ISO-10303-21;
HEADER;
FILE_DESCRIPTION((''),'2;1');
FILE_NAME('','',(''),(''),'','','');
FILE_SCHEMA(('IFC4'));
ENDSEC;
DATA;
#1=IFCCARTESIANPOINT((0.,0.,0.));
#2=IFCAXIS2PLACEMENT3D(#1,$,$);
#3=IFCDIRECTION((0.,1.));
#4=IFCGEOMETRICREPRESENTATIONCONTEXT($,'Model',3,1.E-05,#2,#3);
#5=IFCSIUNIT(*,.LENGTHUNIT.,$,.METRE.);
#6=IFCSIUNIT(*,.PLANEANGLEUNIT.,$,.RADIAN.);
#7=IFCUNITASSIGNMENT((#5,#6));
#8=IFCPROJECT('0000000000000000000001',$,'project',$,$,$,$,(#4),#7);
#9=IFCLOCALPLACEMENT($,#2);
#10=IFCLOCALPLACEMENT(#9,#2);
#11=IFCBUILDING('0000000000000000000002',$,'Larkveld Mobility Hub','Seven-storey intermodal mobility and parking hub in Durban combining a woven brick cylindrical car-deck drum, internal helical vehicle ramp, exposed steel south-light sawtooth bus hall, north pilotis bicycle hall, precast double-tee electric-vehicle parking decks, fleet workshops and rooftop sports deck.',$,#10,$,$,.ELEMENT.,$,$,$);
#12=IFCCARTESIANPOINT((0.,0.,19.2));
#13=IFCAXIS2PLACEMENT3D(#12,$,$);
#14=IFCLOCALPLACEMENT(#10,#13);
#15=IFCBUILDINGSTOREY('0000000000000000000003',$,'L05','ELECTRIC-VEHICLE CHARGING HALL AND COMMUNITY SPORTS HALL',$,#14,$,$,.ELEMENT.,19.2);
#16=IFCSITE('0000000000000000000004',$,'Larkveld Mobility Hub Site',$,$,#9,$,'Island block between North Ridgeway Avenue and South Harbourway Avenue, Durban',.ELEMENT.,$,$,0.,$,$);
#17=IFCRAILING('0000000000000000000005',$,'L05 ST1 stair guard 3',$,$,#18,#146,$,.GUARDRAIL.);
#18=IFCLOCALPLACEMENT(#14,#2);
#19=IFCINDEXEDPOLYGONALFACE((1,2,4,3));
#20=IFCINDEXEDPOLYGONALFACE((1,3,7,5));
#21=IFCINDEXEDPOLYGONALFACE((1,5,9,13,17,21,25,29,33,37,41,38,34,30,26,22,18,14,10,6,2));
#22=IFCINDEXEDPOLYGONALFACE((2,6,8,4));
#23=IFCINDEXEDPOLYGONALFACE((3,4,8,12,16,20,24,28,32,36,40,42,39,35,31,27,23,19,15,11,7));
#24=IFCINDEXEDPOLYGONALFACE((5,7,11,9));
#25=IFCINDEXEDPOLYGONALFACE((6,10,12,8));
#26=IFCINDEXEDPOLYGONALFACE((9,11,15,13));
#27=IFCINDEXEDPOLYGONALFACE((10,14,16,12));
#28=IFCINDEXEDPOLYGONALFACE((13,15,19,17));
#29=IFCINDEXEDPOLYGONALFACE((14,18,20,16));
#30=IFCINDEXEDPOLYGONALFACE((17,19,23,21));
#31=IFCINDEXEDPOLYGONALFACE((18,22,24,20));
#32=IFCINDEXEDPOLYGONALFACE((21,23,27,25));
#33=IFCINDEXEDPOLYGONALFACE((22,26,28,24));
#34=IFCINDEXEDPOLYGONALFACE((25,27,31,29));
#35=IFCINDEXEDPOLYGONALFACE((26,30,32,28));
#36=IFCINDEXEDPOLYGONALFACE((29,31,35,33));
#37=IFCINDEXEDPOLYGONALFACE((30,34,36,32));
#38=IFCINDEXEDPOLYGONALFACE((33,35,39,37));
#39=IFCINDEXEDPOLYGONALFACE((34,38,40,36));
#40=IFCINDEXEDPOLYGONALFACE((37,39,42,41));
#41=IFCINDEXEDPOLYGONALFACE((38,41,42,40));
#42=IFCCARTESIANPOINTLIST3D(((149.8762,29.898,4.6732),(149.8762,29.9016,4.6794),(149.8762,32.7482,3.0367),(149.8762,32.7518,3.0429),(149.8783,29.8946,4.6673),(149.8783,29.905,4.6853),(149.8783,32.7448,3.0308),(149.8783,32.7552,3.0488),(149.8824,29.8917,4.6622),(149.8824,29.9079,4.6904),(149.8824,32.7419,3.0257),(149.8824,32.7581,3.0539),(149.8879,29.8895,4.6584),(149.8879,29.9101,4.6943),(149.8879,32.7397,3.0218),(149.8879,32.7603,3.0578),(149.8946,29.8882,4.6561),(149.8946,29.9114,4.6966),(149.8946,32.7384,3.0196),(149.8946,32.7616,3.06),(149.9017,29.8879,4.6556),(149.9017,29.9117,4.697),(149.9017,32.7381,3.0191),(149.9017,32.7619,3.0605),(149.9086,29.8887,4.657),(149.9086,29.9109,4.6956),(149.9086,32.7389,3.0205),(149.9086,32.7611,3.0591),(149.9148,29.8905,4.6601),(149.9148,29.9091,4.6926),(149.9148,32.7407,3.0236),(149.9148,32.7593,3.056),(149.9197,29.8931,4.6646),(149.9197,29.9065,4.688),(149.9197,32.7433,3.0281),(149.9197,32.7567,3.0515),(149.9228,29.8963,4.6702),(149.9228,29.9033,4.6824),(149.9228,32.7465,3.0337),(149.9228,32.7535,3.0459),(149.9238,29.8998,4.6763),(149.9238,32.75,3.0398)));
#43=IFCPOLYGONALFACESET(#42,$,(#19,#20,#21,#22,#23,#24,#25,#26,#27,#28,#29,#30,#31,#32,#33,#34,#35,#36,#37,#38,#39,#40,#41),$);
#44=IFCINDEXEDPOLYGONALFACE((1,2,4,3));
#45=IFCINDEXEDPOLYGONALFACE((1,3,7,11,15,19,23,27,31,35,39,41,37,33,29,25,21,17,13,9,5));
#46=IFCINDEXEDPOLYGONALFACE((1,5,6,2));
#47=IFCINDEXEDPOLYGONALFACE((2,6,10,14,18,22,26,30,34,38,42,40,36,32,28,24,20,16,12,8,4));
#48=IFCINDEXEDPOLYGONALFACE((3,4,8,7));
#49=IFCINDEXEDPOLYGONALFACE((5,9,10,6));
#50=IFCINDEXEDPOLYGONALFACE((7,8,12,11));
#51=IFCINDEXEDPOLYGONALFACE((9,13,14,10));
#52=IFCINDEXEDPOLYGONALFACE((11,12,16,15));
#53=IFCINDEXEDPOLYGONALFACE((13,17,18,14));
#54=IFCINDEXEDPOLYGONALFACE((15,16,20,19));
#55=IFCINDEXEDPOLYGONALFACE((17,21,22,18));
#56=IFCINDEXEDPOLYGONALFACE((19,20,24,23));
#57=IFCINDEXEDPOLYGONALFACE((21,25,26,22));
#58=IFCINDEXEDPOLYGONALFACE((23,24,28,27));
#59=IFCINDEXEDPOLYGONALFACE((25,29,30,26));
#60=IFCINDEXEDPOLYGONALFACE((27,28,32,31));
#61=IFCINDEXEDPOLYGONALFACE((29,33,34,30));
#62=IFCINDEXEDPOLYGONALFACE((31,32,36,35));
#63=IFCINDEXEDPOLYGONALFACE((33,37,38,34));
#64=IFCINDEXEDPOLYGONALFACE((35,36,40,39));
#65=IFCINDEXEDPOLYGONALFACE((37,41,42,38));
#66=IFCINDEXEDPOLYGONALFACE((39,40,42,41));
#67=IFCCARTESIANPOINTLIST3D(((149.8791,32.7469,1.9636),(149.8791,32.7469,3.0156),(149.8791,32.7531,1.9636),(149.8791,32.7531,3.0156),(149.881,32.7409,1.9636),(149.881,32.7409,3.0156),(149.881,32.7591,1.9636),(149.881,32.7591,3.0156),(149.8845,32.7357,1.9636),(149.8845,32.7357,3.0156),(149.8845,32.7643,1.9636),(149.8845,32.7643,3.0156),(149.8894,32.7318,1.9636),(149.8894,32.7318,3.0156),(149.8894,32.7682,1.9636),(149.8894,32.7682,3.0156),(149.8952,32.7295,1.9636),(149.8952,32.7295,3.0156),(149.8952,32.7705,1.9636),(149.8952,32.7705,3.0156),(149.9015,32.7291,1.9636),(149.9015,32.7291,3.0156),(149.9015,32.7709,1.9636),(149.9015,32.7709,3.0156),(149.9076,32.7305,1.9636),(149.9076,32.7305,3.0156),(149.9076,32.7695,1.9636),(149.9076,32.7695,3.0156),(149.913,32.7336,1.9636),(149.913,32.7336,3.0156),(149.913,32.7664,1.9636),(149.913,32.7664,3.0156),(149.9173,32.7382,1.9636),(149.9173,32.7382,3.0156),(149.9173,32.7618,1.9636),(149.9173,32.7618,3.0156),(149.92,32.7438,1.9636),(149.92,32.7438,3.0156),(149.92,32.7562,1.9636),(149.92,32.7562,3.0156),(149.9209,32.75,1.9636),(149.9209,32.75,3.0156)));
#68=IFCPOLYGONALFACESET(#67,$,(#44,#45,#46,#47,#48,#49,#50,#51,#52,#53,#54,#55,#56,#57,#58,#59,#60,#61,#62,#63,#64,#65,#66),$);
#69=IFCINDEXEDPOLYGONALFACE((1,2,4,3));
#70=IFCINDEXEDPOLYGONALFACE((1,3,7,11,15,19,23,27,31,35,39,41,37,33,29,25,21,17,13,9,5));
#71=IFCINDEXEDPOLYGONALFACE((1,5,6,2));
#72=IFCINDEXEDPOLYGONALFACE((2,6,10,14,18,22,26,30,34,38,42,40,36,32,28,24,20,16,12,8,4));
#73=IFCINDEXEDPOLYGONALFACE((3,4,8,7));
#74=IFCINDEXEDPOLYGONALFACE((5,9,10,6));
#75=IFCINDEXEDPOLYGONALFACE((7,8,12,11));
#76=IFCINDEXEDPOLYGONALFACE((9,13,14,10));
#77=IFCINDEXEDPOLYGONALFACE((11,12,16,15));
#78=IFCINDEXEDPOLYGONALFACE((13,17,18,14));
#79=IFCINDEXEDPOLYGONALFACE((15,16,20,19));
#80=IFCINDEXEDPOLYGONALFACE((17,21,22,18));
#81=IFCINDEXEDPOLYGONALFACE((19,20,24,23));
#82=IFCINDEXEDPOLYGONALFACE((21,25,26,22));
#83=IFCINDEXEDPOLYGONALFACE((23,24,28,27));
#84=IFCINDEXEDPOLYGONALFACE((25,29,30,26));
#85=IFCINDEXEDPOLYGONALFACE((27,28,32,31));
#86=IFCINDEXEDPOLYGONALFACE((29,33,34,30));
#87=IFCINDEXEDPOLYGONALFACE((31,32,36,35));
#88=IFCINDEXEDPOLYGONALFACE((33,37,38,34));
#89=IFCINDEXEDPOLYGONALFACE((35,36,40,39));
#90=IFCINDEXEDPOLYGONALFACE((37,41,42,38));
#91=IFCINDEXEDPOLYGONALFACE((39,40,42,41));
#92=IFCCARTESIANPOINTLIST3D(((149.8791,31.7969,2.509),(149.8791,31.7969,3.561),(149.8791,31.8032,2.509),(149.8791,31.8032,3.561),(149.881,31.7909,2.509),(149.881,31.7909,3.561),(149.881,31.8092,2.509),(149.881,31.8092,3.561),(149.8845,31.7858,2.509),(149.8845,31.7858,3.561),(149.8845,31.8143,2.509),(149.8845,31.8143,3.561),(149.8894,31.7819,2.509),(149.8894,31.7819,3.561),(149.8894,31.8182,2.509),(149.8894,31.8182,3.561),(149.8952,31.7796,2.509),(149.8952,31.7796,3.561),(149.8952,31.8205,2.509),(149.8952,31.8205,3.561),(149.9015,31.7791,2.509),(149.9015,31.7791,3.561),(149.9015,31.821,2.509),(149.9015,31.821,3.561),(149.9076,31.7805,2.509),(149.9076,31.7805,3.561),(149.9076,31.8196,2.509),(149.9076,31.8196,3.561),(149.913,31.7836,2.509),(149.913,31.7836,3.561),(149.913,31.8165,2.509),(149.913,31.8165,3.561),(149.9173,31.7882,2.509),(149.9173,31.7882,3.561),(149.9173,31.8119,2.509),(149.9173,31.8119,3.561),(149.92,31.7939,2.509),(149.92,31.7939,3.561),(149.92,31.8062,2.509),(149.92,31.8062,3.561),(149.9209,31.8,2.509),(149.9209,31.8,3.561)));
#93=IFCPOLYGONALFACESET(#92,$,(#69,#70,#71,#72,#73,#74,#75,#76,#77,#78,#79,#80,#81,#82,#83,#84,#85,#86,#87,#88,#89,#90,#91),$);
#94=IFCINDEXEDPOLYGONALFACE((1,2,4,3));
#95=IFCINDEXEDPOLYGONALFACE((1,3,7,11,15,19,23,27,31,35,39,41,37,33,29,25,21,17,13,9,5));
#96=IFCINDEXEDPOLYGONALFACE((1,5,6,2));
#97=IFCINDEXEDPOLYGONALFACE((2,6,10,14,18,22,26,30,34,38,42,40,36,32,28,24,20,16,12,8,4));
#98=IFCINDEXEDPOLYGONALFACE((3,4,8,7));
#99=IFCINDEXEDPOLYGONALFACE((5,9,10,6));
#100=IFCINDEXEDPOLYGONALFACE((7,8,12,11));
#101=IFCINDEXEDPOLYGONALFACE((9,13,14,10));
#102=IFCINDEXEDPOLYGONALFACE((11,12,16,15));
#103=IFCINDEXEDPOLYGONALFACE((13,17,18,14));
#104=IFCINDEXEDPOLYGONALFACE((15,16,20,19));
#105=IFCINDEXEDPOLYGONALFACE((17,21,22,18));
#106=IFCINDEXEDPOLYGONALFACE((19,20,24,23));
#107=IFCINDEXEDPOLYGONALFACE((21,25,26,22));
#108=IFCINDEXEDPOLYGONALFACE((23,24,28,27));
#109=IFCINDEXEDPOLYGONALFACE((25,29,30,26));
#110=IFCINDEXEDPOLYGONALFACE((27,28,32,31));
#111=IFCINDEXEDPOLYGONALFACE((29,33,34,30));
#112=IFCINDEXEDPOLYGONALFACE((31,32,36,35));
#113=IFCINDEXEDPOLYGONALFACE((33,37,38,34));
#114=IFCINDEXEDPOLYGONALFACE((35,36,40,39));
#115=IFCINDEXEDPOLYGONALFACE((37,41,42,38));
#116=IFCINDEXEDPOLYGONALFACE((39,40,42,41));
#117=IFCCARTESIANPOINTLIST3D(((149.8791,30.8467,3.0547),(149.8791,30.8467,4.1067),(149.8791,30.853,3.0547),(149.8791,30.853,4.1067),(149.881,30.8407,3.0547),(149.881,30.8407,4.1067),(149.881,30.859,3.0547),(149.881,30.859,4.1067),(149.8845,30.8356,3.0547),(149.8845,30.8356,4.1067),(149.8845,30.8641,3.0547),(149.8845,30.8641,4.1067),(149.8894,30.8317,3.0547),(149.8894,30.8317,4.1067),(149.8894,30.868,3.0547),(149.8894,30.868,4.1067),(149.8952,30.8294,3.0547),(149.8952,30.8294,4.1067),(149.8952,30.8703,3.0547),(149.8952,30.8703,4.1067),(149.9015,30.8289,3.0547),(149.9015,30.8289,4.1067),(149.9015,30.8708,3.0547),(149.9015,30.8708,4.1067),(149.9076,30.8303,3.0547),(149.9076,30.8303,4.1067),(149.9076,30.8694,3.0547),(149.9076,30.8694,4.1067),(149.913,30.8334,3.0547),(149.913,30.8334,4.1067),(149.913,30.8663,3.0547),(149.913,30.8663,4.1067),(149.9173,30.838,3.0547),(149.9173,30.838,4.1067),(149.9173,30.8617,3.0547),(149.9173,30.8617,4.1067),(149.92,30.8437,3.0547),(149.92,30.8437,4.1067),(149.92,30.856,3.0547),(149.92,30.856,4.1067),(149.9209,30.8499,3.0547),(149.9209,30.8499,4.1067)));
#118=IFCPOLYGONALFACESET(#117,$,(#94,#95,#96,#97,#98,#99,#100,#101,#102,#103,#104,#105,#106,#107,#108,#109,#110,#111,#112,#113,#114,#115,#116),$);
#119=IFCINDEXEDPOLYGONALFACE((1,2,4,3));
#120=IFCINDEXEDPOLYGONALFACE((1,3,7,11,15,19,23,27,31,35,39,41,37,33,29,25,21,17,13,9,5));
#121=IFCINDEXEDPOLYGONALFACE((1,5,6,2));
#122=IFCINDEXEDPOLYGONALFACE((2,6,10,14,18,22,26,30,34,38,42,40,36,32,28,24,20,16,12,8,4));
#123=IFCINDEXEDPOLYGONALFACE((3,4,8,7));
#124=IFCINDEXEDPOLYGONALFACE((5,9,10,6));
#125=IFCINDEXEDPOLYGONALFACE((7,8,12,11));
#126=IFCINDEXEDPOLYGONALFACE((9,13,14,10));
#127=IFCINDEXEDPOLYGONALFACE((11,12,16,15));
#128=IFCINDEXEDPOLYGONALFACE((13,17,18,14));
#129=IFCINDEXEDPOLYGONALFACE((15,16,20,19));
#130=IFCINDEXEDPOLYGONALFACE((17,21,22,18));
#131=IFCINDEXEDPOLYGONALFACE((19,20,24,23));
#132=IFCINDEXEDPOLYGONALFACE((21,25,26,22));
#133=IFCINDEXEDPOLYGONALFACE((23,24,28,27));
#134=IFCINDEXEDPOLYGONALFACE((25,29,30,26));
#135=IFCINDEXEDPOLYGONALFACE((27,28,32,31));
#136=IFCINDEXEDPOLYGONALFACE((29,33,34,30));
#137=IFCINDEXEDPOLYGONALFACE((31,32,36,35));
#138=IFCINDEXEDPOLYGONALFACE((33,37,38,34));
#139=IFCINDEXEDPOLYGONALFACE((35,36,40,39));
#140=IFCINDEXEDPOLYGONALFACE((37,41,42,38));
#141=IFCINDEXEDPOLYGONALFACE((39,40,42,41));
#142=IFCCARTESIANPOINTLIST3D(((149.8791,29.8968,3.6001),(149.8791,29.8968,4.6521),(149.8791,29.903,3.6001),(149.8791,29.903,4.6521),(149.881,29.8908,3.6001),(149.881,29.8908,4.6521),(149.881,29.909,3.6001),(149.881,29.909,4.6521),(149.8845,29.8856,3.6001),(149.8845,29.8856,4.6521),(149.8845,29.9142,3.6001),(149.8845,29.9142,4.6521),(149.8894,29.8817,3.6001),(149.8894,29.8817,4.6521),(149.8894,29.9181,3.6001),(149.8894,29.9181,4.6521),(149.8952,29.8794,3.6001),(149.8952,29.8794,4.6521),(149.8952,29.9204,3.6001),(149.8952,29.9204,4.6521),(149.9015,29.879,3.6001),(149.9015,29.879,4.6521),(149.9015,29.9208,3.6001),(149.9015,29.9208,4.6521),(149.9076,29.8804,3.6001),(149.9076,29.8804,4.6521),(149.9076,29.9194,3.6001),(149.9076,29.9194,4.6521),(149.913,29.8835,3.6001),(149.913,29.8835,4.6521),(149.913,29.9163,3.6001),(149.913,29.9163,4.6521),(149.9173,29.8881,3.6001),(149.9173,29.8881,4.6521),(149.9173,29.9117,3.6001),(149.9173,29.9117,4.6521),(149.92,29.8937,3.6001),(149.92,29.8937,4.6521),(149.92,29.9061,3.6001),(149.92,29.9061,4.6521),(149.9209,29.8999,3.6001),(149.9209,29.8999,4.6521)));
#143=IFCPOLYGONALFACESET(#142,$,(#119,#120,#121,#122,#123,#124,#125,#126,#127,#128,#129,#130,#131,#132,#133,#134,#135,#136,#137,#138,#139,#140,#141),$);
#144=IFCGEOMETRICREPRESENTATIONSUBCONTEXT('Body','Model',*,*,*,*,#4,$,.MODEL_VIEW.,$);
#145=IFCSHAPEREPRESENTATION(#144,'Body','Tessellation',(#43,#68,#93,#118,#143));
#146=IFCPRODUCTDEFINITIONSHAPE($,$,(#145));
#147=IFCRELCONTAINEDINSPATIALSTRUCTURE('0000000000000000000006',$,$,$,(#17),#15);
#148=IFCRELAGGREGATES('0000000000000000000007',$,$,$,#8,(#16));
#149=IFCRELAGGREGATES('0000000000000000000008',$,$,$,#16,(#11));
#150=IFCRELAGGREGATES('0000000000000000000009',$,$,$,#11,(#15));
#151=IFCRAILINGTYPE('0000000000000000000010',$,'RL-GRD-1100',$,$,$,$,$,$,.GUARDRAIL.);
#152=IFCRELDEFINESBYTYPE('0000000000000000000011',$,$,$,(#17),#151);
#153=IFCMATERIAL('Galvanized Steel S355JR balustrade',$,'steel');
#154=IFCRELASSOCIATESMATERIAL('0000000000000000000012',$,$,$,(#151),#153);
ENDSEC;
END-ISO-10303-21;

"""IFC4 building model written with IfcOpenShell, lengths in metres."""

from ifc_helpers import new_model, si_unit, direction, frame, origin, origin_2d, place, context, subcontext, project, spatial, circle, extrude, material, type_object, element, save


model = new_model("IFC4")

# Units and contexts
model_context = context("Model", 3, precision=1e-05, world=origin(), true_north=direction((0.0, 1.0)))
body_context = subcontext(model_context, "Body", "Model", "MODEL_VIEW")
ifc_project = project(units=[si_unit("LENGTHUNIT", "METRE"), si_unit("PLANEANGLEUNIT", "RADIAN")], contexts=[model_context])

# Site, building, storey
site_placement = place(None, origin())
site = spatial("IfcSite", under=ifc_project, at=site_placement, Name="Larkveld Mobility Hub Site", LongName="Island block between North Ridgeway Avenue and South Harbourway Avenue, Durban", CompositionType="ELEMENT", RefElevation=0.0)
building_placement = place(site_placement, origin())
building = spatial("IfcBuilding", under=site, at=building_placement, Name="Larkveld Mobility Hub", Description="Seven-storey intermodal mobility and parking hub in Durban combining a woven brick cylindrical car-deck drum, internal helical vehicle ramp, exposed steel south-light sawtooth bus hall, north pilotis bicycle hall, precast double-tee electric-vehicle parking decks, fleet workshops and rooftop sports deck.", CompositionType="ELEMENT")
storey_placement = place(building_placement, frame((0.0, 0.0, 19.2)))
storey = spatial("IfcBuildingStorey", under=building, at=storey_placement, Name="L05", Description="ELECTRIC-VEHICLE CHARGING HALL AND COMMUNITY SPORTS HALL", CompositionType="ELEMENT", Elevation=19.2)

# Railing
ifc_material_1 = material(Name="Galvanized Steel S355JR balustrade", Category="steel")
railing_type_1 = type_object("IfcRailingType", Name="RL-GRD-1100", PredefinedType="GUARDRAIL", material=ifc_material_1)
railing_1_placement = place(storey_placement, frame((149.8999, 32.75, 1.9636)))
element("IfcRailing", 1, at=railing_1_placement, inside=storey, type_object=railing_type_1, Name="L05 ST1 stair guard 3", PredefinedType="GUARDRAIL", context=body_context, shape_type="SweptSolid", body=[
    extrude(circle(Radius=0.0239, at=origin_2d()), frame((0.0, 0.0, 1.0762), z_axis=(0.0, -0.867213, 0.497938), x_axis=(1.0, 0.0, 0.0)), (0.0, 0.0, 1.0), 3.2866),
    extrude(circle(Radius=0.021, at=origin_2d()), origin(), (0.0, 0.0, 1.0), 1.052),
    extrude(circle(Radius=0.021, at=origin_2d()), frame((0.0, -0.95, 0.5454)), (0.0, 0.0, 1.0), 1.052),
    extrude(circle(Radius=0.021, at=origin_2d()), frame((0.0, -1.9001, 1.0911)), (0.0, 0.0, 1.0), 1.052),
    extrude(circle(Radius=0.021, at=origin_2d()), frame((0.0, -2.8501, 1.6365)), (0.0, 0.0, 1.0), 1.052),
])

save(model, "model.ifc")
